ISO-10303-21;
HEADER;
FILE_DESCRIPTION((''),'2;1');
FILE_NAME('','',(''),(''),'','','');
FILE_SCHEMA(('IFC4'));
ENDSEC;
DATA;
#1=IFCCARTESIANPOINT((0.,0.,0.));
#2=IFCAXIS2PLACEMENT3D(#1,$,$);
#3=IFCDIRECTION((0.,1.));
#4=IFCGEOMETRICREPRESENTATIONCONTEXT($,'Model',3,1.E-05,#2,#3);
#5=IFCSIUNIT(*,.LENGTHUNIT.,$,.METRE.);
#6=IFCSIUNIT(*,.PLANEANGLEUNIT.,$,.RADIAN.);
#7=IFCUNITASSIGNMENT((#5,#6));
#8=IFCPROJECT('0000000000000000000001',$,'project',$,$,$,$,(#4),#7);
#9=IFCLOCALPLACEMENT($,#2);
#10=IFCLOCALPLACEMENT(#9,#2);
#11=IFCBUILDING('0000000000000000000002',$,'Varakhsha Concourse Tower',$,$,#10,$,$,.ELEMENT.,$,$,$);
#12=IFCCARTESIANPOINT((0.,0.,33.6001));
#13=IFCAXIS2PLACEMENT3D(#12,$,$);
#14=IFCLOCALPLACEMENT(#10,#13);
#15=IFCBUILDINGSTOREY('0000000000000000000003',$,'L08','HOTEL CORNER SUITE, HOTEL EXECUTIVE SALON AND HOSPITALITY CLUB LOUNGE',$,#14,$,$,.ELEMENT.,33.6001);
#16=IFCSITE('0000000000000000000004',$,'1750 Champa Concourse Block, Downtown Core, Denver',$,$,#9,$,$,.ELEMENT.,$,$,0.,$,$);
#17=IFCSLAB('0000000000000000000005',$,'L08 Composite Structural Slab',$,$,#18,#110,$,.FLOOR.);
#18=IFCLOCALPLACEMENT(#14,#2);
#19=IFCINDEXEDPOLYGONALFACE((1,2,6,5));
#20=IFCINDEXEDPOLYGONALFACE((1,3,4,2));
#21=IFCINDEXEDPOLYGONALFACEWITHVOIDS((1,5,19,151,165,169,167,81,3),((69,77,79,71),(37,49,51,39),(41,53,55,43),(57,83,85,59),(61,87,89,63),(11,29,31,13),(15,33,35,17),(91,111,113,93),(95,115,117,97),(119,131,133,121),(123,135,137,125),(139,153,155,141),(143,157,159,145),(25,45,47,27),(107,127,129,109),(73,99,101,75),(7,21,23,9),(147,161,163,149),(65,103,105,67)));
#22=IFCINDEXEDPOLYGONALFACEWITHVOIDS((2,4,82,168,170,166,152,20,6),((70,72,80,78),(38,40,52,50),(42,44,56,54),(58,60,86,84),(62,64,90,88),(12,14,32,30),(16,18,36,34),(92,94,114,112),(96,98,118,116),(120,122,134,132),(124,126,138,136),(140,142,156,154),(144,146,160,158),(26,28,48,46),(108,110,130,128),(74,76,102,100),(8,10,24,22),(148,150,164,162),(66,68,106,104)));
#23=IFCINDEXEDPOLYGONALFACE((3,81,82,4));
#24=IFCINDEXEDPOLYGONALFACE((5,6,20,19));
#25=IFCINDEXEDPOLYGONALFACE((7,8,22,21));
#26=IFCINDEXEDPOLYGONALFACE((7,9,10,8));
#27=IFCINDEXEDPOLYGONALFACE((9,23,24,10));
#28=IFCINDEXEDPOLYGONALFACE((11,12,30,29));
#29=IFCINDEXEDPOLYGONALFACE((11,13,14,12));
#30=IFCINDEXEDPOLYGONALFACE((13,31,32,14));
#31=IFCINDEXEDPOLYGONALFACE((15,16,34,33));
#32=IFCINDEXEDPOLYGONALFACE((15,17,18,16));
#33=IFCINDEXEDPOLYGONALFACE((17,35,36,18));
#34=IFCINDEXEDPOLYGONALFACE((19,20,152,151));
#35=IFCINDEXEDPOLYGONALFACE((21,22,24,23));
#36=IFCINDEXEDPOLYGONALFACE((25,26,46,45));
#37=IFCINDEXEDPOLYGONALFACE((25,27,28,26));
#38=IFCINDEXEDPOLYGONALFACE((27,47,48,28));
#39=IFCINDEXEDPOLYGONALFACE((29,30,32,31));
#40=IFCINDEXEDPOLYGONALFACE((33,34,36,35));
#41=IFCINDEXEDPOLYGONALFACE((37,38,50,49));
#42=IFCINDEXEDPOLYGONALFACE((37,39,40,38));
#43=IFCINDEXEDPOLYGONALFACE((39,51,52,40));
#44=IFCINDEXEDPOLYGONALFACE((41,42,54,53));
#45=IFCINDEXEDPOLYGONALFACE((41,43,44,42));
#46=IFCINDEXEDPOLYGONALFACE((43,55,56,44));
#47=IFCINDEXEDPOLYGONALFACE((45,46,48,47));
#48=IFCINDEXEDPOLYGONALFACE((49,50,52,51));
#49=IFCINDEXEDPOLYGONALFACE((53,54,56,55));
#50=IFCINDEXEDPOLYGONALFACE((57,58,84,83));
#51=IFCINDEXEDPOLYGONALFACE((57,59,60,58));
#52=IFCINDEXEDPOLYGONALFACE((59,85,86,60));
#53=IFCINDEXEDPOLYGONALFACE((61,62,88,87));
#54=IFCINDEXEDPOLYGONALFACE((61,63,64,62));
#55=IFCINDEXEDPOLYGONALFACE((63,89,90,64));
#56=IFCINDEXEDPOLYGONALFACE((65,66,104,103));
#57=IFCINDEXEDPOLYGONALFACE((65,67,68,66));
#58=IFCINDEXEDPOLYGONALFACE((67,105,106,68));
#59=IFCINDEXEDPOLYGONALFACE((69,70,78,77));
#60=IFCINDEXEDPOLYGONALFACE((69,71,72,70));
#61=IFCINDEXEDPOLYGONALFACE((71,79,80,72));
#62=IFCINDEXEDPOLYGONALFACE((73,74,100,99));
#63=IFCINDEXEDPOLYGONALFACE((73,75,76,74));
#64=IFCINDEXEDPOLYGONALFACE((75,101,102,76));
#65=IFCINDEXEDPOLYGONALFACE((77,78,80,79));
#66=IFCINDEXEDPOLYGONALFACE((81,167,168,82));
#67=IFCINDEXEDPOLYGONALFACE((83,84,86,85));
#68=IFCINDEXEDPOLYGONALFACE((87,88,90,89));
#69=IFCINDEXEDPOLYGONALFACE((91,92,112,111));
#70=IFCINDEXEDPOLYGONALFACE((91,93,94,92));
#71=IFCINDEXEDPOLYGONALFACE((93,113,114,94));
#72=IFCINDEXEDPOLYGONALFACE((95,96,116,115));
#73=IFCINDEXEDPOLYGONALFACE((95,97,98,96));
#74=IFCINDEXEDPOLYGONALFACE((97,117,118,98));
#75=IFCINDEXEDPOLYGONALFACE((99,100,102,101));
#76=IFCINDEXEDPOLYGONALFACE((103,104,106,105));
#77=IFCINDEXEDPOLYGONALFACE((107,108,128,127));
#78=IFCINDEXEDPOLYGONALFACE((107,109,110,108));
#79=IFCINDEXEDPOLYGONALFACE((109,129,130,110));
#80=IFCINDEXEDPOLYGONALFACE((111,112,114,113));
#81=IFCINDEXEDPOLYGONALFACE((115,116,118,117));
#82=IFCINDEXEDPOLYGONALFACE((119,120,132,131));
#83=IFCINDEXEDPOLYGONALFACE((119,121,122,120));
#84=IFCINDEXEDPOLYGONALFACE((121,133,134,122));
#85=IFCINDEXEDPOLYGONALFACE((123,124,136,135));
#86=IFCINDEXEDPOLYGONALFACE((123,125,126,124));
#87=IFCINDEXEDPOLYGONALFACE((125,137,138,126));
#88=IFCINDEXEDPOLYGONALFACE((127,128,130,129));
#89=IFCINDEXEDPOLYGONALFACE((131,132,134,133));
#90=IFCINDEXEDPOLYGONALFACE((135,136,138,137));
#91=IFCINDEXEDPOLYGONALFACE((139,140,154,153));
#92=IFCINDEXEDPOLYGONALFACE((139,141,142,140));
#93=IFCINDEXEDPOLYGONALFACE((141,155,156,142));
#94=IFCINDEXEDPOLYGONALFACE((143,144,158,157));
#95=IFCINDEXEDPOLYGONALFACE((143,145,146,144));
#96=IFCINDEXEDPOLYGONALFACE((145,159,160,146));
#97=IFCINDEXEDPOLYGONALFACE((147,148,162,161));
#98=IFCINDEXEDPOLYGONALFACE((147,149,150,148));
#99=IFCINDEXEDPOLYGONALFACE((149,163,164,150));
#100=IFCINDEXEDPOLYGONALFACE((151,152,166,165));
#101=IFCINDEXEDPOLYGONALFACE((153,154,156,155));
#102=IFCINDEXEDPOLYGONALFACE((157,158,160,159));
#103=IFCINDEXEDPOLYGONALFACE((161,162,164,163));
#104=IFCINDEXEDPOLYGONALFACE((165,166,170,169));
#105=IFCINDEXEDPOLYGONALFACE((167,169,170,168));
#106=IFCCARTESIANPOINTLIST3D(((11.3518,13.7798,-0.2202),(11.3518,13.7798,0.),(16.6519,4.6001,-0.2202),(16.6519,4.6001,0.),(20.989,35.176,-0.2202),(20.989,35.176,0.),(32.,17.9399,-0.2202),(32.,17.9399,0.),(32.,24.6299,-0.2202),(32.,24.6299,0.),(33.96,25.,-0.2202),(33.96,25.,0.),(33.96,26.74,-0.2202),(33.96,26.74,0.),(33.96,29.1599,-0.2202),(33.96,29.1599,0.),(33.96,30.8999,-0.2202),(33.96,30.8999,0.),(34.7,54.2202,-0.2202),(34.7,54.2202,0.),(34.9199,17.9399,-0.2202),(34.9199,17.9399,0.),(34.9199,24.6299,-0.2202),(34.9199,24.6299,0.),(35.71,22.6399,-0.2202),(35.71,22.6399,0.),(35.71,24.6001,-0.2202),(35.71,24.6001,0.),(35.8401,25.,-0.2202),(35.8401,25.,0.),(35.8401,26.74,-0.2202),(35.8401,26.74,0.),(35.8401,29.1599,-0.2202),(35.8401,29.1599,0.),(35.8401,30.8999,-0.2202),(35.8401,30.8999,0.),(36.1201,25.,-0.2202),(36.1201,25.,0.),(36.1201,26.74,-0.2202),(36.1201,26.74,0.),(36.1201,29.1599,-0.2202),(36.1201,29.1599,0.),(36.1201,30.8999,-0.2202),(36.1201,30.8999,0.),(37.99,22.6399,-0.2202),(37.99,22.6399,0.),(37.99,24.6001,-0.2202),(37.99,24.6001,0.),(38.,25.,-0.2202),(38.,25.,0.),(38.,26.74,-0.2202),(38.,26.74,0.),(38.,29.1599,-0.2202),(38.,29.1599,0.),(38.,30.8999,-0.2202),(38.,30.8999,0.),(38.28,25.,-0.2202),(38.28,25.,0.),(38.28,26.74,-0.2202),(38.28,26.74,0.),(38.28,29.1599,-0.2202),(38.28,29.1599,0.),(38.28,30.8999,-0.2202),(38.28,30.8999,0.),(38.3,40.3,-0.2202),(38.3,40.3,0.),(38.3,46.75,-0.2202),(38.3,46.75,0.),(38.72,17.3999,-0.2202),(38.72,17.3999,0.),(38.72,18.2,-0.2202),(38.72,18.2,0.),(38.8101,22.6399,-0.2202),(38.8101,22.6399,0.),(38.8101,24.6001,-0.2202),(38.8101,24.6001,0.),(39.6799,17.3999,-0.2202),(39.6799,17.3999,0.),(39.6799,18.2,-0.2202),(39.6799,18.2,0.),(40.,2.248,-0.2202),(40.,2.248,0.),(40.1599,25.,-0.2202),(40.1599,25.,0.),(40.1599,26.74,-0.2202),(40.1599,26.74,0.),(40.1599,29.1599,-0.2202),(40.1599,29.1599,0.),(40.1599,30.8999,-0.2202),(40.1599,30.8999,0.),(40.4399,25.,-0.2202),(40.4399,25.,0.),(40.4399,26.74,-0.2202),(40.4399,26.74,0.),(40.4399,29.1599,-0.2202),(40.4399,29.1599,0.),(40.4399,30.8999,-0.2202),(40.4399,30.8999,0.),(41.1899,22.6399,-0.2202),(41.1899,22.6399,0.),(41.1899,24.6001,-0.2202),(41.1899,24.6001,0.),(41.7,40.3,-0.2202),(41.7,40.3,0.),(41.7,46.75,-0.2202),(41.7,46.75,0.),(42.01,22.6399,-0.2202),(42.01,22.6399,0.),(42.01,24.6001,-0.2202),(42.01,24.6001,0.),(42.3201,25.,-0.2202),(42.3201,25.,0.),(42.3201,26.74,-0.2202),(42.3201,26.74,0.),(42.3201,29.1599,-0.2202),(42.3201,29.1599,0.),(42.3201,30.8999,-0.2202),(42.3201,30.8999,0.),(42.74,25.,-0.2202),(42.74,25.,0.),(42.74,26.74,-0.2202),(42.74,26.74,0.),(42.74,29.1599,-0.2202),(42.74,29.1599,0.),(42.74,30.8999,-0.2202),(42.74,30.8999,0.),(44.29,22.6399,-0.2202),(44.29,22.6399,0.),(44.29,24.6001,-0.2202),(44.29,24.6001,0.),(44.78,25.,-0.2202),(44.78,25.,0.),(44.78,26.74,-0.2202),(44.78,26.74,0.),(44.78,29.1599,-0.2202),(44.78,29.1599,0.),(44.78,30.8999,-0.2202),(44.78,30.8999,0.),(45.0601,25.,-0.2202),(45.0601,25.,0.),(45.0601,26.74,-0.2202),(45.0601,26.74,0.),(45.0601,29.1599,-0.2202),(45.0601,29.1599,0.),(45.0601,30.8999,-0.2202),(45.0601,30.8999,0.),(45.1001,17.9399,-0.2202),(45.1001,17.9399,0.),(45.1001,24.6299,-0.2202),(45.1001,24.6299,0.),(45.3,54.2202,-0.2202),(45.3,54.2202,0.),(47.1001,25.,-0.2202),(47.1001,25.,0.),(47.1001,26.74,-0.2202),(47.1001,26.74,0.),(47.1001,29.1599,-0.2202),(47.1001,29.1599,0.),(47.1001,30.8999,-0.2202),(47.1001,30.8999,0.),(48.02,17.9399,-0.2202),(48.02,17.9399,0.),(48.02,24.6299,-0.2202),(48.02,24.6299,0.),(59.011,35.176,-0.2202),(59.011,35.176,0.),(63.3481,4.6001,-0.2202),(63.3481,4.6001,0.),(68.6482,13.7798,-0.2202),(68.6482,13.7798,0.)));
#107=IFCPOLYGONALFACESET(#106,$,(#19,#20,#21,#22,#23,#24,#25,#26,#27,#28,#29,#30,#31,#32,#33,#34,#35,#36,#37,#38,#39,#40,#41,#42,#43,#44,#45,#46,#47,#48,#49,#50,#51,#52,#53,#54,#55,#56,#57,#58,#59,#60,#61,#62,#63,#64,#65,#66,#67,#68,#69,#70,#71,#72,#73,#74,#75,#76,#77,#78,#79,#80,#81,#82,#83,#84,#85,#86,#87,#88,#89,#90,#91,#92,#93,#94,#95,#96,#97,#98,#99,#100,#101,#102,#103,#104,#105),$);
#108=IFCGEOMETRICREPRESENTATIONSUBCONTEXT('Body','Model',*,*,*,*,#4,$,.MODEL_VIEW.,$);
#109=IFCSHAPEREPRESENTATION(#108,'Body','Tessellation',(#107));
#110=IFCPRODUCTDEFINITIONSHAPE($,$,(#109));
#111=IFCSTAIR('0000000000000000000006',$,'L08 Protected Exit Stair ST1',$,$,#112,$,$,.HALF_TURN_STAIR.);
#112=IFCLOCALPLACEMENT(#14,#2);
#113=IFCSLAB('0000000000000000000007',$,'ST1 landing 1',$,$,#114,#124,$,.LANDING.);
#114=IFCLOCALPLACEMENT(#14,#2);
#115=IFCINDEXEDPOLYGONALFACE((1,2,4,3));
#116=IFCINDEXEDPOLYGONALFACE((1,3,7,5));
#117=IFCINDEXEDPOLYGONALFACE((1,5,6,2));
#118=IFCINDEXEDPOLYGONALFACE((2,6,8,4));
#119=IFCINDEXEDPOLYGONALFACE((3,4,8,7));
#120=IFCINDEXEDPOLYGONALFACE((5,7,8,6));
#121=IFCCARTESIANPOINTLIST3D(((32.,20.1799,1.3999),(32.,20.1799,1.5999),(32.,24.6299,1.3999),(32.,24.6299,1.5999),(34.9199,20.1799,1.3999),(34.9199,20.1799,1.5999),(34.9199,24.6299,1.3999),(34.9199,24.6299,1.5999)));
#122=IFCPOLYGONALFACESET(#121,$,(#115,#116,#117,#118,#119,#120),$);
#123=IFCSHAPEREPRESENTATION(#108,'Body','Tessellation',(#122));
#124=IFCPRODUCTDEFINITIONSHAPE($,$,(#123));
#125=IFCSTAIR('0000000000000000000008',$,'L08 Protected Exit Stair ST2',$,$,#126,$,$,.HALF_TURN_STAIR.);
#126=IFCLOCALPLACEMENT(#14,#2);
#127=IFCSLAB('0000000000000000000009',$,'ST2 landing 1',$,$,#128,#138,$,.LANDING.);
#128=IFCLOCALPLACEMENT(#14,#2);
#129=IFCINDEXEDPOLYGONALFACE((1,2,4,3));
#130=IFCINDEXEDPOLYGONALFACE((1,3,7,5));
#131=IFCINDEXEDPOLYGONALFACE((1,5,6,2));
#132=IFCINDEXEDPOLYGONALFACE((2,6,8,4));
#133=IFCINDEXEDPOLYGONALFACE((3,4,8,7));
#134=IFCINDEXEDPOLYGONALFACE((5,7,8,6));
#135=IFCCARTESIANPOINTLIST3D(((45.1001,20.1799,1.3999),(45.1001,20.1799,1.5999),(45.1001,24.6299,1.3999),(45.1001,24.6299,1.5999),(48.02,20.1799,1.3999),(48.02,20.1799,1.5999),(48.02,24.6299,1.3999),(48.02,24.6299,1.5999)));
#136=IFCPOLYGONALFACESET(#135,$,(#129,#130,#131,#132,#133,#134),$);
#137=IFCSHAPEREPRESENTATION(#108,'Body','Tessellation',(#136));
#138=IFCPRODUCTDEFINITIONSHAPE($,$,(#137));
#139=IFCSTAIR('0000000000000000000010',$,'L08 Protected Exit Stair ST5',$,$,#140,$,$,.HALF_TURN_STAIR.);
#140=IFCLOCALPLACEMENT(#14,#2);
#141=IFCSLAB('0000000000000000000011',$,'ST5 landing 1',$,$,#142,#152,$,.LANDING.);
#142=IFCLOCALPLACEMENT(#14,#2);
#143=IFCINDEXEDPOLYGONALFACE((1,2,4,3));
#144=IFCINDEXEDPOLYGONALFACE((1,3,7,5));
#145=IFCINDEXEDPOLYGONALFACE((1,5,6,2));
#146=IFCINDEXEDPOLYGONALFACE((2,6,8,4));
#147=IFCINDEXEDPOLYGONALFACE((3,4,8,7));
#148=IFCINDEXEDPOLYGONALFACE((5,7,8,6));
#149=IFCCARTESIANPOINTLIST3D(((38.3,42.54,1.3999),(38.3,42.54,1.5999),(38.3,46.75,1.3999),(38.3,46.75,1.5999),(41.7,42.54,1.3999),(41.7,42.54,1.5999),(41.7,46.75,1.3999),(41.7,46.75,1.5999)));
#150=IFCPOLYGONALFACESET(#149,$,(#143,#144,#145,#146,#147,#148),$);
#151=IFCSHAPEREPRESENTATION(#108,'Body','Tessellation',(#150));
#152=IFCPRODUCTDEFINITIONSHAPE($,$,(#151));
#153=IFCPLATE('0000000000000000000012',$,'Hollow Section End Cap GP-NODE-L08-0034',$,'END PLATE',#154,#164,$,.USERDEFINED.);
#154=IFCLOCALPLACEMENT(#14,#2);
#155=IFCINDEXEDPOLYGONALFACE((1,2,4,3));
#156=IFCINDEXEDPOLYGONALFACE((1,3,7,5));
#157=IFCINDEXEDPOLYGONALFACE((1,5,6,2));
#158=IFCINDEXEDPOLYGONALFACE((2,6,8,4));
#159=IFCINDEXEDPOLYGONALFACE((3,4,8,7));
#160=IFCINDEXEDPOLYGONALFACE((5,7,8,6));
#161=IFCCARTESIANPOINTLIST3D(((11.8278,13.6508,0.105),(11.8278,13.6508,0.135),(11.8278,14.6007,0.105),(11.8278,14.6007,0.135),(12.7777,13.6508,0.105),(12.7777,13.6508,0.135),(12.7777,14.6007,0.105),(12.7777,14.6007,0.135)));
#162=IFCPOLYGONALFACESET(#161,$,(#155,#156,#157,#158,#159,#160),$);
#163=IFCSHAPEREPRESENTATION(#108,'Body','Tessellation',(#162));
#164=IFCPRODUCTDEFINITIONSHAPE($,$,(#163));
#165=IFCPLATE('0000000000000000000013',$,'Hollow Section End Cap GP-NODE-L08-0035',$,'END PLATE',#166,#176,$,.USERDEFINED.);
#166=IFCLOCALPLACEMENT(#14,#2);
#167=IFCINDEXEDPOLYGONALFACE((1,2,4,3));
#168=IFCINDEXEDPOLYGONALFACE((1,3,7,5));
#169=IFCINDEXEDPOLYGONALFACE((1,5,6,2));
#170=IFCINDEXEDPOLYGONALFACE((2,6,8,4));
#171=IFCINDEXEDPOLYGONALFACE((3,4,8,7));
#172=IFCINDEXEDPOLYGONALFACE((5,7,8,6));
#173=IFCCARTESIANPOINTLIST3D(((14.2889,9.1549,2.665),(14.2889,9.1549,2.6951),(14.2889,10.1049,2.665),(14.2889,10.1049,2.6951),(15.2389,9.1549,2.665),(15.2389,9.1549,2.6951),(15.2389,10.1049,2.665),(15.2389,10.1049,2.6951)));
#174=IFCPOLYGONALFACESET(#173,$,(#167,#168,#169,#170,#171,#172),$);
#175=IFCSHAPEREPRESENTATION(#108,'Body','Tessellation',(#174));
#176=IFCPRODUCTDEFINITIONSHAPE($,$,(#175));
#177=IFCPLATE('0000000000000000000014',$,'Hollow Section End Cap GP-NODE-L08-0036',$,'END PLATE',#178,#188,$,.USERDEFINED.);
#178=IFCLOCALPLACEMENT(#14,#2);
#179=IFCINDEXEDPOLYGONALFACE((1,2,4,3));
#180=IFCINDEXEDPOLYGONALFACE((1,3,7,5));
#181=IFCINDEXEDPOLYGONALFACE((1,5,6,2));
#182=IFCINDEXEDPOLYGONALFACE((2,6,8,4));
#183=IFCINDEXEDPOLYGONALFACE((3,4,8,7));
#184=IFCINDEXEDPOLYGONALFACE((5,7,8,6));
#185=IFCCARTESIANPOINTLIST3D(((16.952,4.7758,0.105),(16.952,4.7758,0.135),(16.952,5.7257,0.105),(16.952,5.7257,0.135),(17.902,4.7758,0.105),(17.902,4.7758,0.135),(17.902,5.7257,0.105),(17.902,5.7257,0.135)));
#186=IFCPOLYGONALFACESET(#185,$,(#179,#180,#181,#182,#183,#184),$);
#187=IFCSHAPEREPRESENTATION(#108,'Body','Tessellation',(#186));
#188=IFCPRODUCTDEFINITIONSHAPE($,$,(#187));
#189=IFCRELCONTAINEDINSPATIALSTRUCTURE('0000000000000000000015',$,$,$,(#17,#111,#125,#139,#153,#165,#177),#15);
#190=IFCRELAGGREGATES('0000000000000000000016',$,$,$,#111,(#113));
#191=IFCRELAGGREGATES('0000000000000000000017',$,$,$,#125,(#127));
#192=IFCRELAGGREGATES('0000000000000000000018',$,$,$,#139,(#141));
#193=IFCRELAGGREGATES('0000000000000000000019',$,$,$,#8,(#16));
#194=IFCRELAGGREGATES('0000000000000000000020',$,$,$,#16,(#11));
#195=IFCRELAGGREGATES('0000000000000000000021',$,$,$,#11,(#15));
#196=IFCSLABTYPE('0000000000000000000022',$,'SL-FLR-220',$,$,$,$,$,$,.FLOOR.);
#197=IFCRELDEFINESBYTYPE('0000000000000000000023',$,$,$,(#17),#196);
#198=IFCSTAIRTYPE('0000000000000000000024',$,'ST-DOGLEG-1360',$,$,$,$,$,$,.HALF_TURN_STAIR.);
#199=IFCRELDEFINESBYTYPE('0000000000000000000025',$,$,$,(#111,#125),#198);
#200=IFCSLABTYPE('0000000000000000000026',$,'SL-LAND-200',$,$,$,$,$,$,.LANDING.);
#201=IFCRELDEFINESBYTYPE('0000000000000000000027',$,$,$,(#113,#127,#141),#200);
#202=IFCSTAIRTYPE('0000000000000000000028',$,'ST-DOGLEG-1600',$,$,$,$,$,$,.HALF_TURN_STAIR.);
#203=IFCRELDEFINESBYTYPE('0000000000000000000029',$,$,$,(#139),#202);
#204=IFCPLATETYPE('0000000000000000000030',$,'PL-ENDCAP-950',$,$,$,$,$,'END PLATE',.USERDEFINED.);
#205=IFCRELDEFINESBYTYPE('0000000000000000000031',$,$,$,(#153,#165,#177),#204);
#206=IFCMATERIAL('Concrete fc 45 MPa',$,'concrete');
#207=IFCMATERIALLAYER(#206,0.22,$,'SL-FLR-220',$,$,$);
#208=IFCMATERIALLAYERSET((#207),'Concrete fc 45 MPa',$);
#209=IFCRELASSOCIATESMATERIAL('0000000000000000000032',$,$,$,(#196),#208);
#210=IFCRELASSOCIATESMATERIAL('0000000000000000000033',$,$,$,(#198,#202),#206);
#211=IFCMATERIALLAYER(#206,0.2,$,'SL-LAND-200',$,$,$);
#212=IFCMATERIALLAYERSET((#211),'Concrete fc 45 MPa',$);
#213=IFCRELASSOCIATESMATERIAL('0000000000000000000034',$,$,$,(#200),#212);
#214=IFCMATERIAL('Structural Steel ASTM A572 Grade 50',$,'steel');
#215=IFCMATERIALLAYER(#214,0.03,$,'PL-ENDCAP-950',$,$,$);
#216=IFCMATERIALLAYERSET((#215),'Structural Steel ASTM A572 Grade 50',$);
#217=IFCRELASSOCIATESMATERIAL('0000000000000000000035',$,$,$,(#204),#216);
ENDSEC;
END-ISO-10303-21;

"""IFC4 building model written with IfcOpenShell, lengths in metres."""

from ifc_helpers import new_model, si_unit, direction, frame, origin, origin_2d, place, context, subcontext, project, spatial, polyline, rectangle, outline, extrude, source, transform, mapped, material, layer, layer_set, type_object, type_shapes, element, aggregate, save


model = new_model("IFC4")

# Units and contexts
model_context = context("Model", 3, precision=1e-05, world=origin(), true_north=direction((0.0, 1.0)))
body_context = subcontext(model_context, "Body", "Model", "MODEL_VIEW")
ifc_project = project(units=[si_unit("LENGTHUNIT", "METRE"), si_unit("PLANEANGLEUNIT", "RADIAN")], contexts=[model_context])

# Site, building, storey
site_placement = place(None, origin())
site = spatial("IfcSite", under=ifc_project, at=site_placement, Name="1750 Champa Concourse Block, Downtown Core, Denver", CompositionType="ELEMENT", RefElevation=0.0)
building_placement = place(site_placement, origin())
building = spatial("IfcBuilding", under=site, at=building_placement, Name="Varakhsha Concourse Tower", CompositionType="ELEMENT")
storey_placement = place(building_placement, frame((0.0, 0.0, 33.6001)))
storey = spatial("IfcBuildingStorey", under=building, at=storey_placement, Name="L08", Description="HOTEL CORNER SUITE, HOTEL EXECUTIVE SALON AND HOSPITALITY CLUB LOUNGE", CompositionType="ELEMENT", Elevation=33.6001)

# Shared definitions
ifc_material_1 = material(Name="Structural Steel ASTM A572 Grade 50", Category="steel")

# Slab
ifc_material_2 = material(Name="Concrete fc 45 MPa", Category="concrete")
ifc_layer_1 = layer(ifc_material_2, 0.22, Name="SL-FLR-220")
ifc_layer_set_1 = layer_set([ifc_layer_1], Name="Concrete fc 45 MPa")
slab_type_1 = type_object("IfcSlabType", Name="SL-FLR-220", PredefinedType="FLOOR", material=ifc_layer_set_1)
slab_1_placement = place(storey_placement, frame((0.0, 0.0, -0.2202)))
element("IfcSlab", 1, at=slab_1_placement, inside=storey, type_object=slab_type_1, Name="L08 Composite Structural Slab", PredefinedType="FLOOR", context=body_context, shape_type="SweptSolid", body=[
    extrude(outline(polyline([(45.3, 54.2202), (34.7, 54.2202), (20.989, 35.176), (11.3518, 13.7798), (16.6519, 4.6001), (40.0, 2.248), (63.3481, 4.6001), (68.6482, 13.7798), (59.011, 35.176), (45.3, 54.2202)]), holes=[polyline([(34.9199, 17.9399), (34.9199, 24.6299), (32.0, 24.6299), (32.0, 17.9399), (34.9199, 17.9399)]), polyline([(48.02, 17.9399), (48.02, 24.6299), (45.1001, 24.6299), (45.1001, 17.9399), (48.02, 17.9399)]), polyline([(41.7, 40.3), (41.7, 46.75), (38.3, 46.75), (38.3, 40.3), (41.7, 40.3)]), polyline([(33.96, 29.1599), (35.8401, 29.1599), (35.8401, 30.8999), (33.96, 30.8999), (33.96, 29.1599)]), polyline([(36.1201, 29.1599), (38.0, 29.1599), (38.0, 30.8999), (36.1201, 30.8999), (36.1201, 29.1599)]), polyline([(38.28, 29.1599), (40.1599, 29.1599), (40.1599, 30.8999), (38.28, 30.8999), (38.28, 29.1599)]), polyline([(40.4399, 29.1599), (42.3201, 29.1599), (42.3201, 30.8999), (40.4399, 30.8999), (40.4399, 29.1599)]), polyline([(33.96, 25.0), (35.8401, 25.0), (35.8401, 26.74), (33.96, 26.74), (33.96, 25.0)]), polyline([(36.1201, 25.0), (38.0, 25.0), (38.0, 26.74), (36.1201, 26.74), (36.1201, 25.0)]), polyline([(38.28, 25.0), (40.1599, 25.0), (40.1599, 26.74), (38.28, 26.74), (38.28, 25.0)]), polyline([(40.4399, 25.0), (42.3201, 25.0), (42.3201, 26.74), (40.4399, 26.74), (40.4399, 25.0)]), polyline([(42.74, 29.1599), (44.78, 29.1599), (44.78, 30.8999), (42.74, 30.8999), (42.74, 29.1599)]), polyline([(45.0601, 29.1599), (47.1001, 29.1599), (47.1001, 30.8999), (45.0601, 30.8999), (45.0601, 29.1599)]), polyline([(42.74, 25.0), (44.78, 25.0), (44.78, 26.74), (42.74, 26.74), (42.74, 25.0)]), polyline([(45.0601, 25.0), (47.1001, 25.0), (47.1001, 26.74), (45.0601, 26.74), (45.0601, 25.0)]), polyline([(35.71, 22.6399), (37.99, 22.6399), (37.99, 24.6001), (35.71, 24.6001), (35.71, 22.6399)]), polyline([(42.01, 22.6399), (44.29, 22.6399), (44.29, 24.6001), (42.01, 24.6001), (42.01, 22.6399)]), polyline([(38.8101, 22.6399), (41.1899, 22.6399), (41.1899, 24.6001), (38.8101, 24.6001), (38.8101, 22.6399)]), polyline([(38.72, 17.3999), (39.6799, 17.3999), (39.6799, 18.2), (38.72, 18.2), (38.72, 17.3999)])]), origin(), (0.0, 0.0, 1.0), 0.2202),
])

# Stairs, slabs
stair_type_1 = type_object("IfcStairType", Name="ST-DOGLEG-1360", PredefinedType="HALF_TURN_STAIR", material=ifc_material_2)
stair_1_placement = place(storey_placement, origin())
stair_1 = element("IfcStair", 2, at=stair_1_placement, inside=storey, type_object=stair_type_1, Name="L08 Protected Exit Stair ST1", PredefinedType="HALF_TURN_STAIR")
ifc_layer_2 = layer(ifc_material_2, 0.2, Name="SL-LAND-200")
ifc_layer_set_2 = layer_set([ifc_layer_2], Name="Concrete fc 45 MPa")
slab_type_2 = type_object("IfcSlabType", Name="SL-LAND-200", PredefinedType="LANDING", material=ifc_layer_set_2)
slab_2_placement = place(storey_placement, frame((0.0, 0.0, 1.3999)))
slab_2 = element("IfcSlab", 3, at=slab_2_placement, type_object=slab_type_2, Name="ST1 landing 1", PredefinedType="LANDING", context=body_context, shape_type="SweptSolid", body=[
    extrude(outline(polyline([(34.9199, 20.1799), (34.9199, 24.6299), (32.0, 24.6299), (32.0, 20.1799), (34.9199, 20.1799)])), origin(), (0.0, 0.0, 1.0), 0.2),
])
aggregate(stair_1, [slab_2])
stair_2_placement = place(storey_placement, origin())
stair_2 = element("IfcStair", 4, at=stair_2_placement, inside=storey, type_object=stair_type_1, Name="L08 Protected Exit Stair ST2", PredefinedType="HALF_TURN_STAIR")
slab_3_placement = place(storey_placement, frame((0.0, 0.0, 1.3999)))
slab_3 = element("IfcSlab", 5, at=slab_3_placement, type_object=slab_type_2, Name="ST2 landing 1", PredefinedType="LANDING", context=body_context, shape_type="SweptSolid", body=[
    extrude(outline(polyline([(48.02, 20.1799), (48.02, 24.6299), (45.1001, 24.6299), (45.1001, 20.1799), (48.02, 20.1799)])), origin(), (0.0, 0.0, 1.0), 0.2),
])
aggregate(stair_2, [slab_3])
stair_type_2 = type_object("IfcStairType", Name="ST-DOGLEG-1600", PredefinedType="HALF_TURN_STAIR", material=ifc_material_2)
stair_3_placement = place(storey_placement, origin())
stair_3 = element("IfcStair", 6, at=stair_3_placement, inside=storey, type_object=stair_type_2, Name="L08 Protected Exit Stair ST5", PredefinedType="HALF_TURN_STAIR")
slab_4_placement = place(storey_placement, frame((0.0, 0.0, 1.3999)))
slab_4 = element("IfcSlab", 7, at=slab_4_placement, type_object=slab_type_2, Name="ST5 landing 1", PredefinedType="LANDING", context=body_context, shape_type="SweptSolid", body=[
    extrude(outline(polyline([(41.7, 42.54), (41.7, 46.75), (38.3, 46.75), (38.3, 42.54), (41.7, 42.54)])), origin(), (0.0, 0.0, 1.0), 0.2),
])
aggregate(stair_3, [slab_4])

# Plates
ifc_layer_3 = layer(ifc_material_1, 0.03, Name="PL-ENDCAP-950")
ifc_layer_set_3 = layer_set([ifc_layer_3], Name="Structural Steel ASTM A572 Grade 50")
plate_type_1 = type_object("IfcPlateType", Name="PL-ENDCAP-950", ElementType="END PLATE", PredefinedType="USERDEFINED", material=ifc_layer_set_3)
shared_shape_1 = source(origin(), body_context, "Body", "SweptSolid", [
    extrude(rectangle(XDim=0.95, YDim=0.95, at=origin_2d()), origin(), (0.0, 0.0, 1.0), 0.03),
])
type_shapes(plate_type_1, [shared_shape_1])
for number, where, z_axis, x_axis, name in (
    (8, (12.3027, 14.1257, 0.105), (0.0, 0.0, 1.0), (1.0, 0.0, 0.0), "Hollow Section End Cap GP-NODE-L08-0034"),
    (9, (14.7639, 9.6299, 2.665), (0.0, 0.0, 1.0), (1.0, 0.0, 0.0), "Hollow Section End Cap GP-NODE-L08-0035"),
    (10, (17.427, 5.2507, 0.105), (0.0, 0.0, 1.0), (1.0, 0.0, 0.0), "Hollow Section End Cap GP-NODE-L08-0036"),
):
    element("IfcPlate", number, at=place(storey_placement, frame(where, z_axis=z_axis, x_axis=x_axis)), inside=storey, type_object=plate_type_1, Name=name, ObjectType="END PLATE", PredefinedType="USERDEFINED", context=body_context, shape_type="MappedRepresentation", body=[
        mapped(shared_shape_1, transform((0.0, 0.0, 0.0), scale=1.0)),
    ])

save(model, "model.ifc")
